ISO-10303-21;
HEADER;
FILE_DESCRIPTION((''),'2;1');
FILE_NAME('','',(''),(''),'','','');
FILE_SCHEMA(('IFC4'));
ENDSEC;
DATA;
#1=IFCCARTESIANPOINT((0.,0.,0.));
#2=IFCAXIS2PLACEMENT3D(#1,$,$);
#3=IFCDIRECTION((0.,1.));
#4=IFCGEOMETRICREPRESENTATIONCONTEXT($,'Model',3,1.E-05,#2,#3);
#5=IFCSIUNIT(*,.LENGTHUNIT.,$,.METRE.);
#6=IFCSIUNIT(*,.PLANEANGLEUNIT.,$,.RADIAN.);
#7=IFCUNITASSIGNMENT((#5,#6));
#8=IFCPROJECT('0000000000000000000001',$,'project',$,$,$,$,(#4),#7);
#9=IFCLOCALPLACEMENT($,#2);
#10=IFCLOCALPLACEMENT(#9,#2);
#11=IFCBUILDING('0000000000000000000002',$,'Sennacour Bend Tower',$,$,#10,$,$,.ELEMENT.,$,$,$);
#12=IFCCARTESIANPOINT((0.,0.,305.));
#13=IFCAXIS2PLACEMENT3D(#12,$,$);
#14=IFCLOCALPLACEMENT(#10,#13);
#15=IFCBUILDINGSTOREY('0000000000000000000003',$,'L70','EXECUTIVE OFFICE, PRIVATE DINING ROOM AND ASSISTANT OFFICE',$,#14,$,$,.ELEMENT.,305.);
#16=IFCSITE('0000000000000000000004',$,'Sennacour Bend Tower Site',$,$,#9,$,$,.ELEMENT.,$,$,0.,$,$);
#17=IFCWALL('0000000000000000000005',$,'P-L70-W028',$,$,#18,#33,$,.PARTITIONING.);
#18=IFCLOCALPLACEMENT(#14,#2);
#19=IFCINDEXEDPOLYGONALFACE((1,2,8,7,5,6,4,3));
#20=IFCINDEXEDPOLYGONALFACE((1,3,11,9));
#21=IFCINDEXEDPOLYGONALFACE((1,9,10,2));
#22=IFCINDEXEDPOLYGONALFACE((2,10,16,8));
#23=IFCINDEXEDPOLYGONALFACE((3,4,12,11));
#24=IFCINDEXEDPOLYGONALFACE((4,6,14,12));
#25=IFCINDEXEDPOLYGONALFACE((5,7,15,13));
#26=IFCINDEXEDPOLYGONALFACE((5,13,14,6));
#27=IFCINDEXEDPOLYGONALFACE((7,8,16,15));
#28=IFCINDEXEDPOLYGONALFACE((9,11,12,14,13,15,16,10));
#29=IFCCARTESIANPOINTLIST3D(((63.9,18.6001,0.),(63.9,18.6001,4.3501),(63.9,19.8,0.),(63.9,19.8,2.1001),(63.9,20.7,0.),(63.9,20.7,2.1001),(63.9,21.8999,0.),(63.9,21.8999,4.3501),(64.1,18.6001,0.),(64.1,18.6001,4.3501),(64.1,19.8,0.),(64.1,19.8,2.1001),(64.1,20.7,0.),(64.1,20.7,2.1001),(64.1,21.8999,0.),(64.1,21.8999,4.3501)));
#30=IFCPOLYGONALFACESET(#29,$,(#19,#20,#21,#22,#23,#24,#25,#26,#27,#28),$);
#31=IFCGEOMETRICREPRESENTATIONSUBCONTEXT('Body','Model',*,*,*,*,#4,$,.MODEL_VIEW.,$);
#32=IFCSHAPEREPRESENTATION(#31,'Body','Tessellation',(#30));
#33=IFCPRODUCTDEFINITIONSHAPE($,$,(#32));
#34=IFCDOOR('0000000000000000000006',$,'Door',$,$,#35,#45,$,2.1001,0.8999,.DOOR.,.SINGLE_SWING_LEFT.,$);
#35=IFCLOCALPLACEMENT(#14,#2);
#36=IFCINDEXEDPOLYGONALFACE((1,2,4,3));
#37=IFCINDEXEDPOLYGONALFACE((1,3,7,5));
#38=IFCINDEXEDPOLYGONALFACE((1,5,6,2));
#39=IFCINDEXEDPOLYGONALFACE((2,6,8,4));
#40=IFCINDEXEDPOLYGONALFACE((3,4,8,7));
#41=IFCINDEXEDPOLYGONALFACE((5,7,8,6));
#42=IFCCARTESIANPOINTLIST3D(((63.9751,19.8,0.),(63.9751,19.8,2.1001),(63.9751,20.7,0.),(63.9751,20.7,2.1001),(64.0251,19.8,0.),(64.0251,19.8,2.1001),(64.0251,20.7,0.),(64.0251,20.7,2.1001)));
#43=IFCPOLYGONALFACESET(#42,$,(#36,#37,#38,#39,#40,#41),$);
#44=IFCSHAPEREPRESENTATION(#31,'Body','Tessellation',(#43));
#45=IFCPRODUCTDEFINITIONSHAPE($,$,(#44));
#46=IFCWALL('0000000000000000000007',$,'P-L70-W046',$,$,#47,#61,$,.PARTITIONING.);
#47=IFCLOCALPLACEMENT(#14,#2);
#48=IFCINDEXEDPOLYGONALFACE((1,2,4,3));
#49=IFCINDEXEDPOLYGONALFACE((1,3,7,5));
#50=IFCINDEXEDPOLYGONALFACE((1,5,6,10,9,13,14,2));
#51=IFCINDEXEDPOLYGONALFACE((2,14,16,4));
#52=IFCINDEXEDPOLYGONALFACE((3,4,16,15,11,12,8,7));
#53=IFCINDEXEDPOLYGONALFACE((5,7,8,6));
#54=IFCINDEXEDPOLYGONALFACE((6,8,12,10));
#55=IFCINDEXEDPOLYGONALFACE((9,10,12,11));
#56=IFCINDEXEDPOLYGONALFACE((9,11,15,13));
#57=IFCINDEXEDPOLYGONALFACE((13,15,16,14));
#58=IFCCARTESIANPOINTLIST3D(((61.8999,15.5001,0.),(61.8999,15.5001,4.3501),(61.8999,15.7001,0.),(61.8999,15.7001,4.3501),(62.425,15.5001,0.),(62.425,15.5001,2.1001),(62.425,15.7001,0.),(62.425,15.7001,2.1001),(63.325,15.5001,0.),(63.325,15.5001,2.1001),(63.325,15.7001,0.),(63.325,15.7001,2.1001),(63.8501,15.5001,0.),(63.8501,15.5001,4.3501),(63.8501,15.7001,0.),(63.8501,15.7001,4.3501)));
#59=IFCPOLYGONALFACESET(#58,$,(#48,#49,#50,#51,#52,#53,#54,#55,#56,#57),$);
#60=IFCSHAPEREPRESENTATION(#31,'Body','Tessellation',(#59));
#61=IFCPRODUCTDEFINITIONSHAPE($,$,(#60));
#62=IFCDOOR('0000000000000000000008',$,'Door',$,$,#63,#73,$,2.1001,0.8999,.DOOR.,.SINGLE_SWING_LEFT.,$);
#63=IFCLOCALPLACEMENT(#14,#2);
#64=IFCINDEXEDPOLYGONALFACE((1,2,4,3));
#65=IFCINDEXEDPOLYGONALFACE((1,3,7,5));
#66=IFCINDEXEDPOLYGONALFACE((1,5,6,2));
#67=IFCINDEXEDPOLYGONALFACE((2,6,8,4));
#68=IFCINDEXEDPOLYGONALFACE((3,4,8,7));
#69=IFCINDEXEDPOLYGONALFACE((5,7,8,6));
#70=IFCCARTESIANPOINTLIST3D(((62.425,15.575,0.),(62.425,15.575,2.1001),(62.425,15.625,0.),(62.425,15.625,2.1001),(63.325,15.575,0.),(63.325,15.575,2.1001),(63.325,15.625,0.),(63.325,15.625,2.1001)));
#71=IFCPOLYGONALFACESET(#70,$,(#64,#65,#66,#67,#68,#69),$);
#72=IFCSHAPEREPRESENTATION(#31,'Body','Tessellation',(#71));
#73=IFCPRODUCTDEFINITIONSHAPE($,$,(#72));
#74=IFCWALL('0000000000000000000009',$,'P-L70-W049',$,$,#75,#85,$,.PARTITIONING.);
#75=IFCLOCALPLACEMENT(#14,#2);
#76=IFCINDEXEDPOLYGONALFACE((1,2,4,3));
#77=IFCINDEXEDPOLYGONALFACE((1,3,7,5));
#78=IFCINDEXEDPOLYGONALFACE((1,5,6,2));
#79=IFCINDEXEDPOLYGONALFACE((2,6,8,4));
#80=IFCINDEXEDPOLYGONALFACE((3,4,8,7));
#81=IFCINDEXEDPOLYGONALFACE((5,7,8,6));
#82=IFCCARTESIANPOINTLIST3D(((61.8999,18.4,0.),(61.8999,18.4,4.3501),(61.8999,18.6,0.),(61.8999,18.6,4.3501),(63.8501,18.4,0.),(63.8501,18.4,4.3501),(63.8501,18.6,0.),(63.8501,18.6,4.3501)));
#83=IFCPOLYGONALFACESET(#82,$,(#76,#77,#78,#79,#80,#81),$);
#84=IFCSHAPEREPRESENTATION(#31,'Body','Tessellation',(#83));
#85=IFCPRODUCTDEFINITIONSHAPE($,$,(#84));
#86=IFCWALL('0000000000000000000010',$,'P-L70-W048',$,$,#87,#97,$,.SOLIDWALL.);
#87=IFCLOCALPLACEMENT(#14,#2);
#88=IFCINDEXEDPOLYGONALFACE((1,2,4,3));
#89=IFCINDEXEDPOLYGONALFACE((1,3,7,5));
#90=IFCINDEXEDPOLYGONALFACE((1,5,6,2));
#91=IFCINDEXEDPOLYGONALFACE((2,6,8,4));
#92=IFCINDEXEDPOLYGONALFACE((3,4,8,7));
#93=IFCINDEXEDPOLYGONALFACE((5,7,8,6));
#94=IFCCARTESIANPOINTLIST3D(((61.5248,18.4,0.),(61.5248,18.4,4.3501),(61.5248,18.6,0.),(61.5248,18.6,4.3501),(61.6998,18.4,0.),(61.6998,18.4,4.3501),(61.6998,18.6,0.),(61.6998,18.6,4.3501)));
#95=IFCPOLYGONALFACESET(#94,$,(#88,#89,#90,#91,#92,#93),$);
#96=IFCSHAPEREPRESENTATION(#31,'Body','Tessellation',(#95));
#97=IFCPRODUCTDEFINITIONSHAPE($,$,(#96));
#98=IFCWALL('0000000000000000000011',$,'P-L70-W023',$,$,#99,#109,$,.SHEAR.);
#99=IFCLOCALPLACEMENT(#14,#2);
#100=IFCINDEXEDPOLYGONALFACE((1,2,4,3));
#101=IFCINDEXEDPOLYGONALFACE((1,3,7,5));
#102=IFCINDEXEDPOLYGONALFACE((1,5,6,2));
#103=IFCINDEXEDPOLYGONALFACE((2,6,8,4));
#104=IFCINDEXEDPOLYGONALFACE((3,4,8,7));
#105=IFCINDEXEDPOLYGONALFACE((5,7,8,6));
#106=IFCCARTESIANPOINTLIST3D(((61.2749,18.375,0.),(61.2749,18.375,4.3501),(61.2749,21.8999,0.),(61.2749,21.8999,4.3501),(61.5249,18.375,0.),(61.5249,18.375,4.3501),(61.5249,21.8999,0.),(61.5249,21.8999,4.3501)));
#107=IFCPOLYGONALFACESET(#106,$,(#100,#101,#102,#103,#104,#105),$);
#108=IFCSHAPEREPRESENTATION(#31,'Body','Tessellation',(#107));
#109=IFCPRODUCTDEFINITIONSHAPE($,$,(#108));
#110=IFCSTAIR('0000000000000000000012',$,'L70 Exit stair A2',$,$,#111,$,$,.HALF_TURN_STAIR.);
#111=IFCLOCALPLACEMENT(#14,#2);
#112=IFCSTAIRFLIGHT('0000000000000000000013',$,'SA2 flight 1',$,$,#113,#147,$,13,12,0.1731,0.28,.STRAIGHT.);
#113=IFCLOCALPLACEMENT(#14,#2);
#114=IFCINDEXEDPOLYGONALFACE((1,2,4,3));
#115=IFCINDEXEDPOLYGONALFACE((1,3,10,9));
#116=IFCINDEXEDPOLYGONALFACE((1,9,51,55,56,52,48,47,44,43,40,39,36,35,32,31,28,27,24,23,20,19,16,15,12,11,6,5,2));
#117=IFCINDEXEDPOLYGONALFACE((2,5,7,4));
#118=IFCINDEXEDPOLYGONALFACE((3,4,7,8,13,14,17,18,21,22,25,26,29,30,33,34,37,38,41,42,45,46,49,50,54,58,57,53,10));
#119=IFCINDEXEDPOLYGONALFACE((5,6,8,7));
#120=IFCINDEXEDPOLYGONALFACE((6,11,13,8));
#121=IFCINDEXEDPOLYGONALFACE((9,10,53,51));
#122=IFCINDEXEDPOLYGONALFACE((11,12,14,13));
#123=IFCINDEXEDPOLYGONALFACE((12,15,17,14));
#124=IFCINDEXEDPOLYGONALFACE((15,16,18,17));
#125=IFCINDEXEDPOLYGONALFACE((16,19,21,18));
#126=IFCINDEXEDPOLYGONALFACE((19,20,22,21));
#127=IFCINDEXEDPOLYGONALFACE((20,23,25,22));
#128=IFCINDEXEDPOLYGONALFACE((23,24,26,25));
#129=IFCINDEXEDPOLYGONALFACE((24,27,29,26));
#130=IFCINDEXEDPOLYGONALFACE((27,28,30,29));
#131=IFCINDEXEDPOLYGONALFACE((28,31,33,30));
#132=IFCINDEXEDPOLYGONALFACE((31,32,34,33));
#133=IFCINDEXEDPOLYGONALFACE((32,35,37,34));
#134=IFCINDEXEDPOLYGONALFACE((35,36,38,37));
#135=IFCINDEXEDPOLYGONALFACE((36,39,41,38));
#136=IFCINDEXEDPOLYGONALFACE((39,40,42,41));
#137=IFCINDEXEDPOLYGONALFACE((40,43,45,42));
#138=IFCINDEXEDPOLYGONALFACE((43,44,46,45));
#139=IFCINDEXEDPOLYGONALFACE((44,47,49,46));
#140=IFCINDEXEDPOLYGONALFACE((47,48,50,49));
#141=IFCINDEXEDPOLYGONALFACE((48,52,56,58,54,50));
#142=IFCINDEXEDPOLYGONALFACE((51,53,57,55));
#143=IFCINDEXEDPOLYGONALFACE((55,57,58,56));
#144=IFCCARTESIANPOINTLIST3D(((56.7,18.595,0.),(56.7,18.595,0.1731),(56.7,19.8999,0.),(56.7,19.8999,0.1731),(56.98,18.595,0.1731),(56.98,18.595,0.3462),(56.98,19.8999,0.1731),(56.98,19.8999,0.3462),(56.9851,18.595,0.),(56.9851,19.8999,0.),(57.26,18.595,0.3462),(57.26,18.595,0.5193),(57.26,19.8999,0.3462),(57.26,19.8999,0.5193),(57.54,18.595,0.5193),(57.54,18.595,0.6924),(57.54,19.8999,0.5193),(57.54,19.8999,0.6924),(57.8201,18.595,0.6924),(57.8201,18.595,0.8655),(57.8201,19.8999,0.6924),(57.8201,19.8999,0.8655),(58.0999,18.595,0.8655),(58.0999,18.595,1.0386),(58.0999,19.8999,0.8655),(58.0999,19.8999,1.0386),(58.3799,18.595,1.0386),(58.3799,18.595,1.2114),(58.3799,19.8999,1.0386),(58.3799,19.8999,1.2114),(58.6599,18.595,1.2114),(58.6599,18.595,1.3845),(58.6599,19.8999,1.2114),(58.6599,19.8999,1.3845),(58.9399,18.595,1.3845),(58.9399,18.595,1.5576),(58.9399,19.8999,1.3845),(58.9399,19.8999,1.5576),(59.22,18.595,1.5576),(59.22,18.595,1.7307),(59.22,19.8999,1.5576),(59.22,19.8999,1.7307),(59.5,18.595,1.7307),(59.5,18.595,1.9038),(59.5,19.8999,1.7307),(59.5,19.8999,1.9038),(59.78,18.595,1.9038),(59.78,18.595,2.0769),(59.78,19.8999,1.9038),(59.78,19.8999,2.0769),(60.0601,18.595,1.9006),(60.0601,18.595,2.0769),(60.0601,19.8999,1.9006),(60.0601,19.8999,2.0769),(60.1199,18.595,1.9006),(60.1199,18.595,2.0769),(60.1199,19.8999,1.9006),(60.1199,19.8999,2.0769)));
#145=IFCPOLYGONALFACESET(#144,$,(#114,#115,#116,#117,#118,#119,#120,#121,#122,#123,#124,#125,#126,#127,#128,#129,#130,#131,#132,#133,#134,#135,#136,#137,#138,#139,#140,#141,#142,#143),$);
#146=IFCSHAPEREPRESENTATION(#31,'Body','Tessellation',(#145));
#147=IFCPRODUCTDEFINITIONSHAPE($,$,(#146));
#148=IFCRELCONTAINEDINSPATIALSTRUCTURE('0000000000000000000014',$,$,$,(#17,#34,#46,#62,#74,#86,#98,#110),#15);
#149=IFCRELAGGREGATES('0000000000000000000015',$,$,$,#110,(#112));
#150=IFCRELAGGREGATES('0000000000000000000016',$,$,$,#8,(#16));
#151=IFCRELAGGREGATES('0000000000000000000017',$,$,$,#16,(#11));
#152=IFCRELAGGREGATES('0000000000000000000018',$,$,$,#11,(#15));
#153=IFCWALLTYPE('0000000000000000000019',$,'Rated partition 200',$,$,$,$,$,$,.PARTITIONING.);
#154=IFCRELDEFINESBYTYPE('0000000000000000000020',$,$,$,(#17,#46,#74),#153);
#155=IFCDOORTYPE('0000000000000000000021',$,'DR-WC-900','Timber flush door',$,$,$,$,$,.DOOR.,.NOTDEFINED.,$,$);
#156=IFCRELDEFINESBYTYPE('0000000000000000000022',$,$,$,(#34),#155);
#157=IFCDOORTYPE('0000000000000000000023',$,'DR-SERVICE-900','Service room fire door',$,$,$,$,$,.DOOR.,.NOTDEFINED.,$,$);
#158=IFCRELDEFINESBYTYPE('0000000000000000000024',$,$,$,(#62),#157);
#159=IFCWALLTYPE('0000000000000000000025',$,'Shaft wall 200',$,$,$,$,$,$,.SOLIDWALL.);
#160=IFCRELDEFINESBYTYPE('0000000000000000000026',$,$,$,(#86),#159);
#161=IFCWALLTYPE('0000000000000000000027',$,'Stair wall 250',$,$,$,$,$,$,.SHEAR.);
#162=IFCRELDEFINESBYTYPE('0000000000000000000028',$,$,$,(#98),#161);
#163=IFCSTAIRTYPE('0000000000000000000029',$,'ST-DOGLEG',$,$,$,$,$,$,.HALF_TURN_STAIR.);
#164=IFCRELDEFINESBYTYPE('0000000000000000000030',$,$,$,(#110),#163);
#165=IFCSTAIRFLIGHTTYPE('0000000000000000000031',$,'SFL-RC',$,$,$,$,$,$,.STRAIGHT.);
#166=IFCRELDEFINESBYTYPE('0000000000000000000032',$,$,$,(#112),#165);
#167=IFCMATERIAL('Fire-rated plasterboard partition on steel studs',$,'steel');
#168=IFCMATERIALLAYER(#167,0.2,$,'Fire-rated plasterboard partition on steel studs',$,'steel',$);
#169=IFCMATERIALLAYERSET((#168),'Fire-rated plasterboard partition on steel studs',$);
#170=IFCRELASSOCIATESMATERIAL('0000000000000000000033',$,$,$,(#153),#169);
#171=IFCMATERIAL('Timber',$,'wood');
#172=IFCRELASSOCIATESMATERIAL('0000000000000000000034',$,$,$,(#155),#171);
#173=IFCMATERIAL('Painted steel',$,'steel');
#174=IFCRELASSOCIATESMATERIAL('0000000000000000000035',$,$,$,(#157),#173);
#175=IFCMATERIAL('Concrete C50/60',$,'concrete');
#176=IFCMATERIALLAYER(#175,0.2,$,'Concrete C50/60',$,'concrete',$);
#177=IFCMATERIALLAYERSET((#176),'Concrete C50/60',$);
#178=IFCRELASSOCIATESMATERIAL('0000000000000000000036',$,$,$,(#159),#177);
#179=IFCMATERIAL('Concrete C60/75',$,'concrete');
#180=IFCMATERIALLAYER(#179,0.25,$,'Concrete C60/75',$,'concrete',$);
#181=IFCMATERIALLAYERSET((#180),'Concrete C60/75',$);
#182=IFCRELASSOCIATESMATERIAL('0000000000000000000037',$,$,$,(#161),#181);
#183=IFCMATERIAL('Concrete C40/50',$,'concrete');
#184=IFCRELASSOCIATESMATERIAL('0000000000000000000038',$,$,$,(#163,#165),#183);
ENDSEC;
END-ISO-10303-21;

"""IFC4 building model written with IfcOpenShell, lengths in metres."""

from ifc_helpers import new_model, si_unit, direction, frame, frame_2d, origin, place, context, subcontext, project, spatial, polyline, rectangle, outline, extrude, material, layer, layer_set, type_object, element, fill, aggregate, save


model = new_model("IFC4")

# Units and contexts
model_context = context("Model", 3, precision=1e-05, world=origin(), true_north=direction((0.0, 1.0)))
body_context = subcontext(model_context, "Body", "Model", "MODEL_VIEW")
ifc_project = project(units=[si_unit("LENGTHUNIT", "METRE"), si_unit("PLANEANGLEUNIT", "RADIAN")], contexts=[model_context])

# Site, building, storey
site_placement = place(None, origin())
site = spatial("IfcSite", under=ifc_project, at=site_placement, Name="Sennacour Bend Tower Site", CompositionType="ELEMENT", RefElevation=0.0)
building_placement = place(site_placement, origin())
building = spatial("IfcBuilding", under=site, at=building_placement, Name="Sennacour Bend Tower", CompositionType="ELEMENT")
storey_placement = place(building_placement, frame((0.0, 0.0, 305.0)))
storey = spatial("IfcBuildingStorey", under=building, at=storey_placement, Name="L70", Description="EXECUTIVE OFFICE, PRIVATE DINING ROOM AND ASSISTANT OFFICE", CompositionType="ELEMENT", Elevation=305.0)

# Walls, openings, doors
ifc_material_1 = material(Name="Fire-rated plasterboard partition on steel studs", Category="steel")
ifc_layer_1 = layer(ifc_material_1, 0.2, Name="Fire-rated plasterboard partition on steel studs", Category="steel")
ifc_layer_set_1 = layer_set([ifc_layer_1], Name="Fire-rated plasterboard partition on steel studs")
wall_type_1 = type_object("IfcWallType", Name="Rated partition 200", PredefinedType="PARTITIONING", material=ifc_layer_set_1)
wall_1_placement = place(storey_placement, frame((64.0, 18.6001, 0.0), z_axis=(0.0, 0.0, 1.0), x_axis=(0.0, 1.0, 0.0)))
wall_1 = element("IfcWall", 1, at=wall_1_placement, inside=storey, type_object=wall_type_1, Name="P-L70-W028", PredefinedType="PARTITIONING", context=body_context, shape_type="SweptSolid", body=[
    extrude(rectangle(XDim=3.2998, YDim=0.2, at=frame_2d((1.6499, 0.0))), origin(), (0.0, 0.0, 1.0), 4.3501),
])
opening_1_placement = place(wall_1_placement, frame((1.2, 0.0, 0.0)))
opening_1 = element("IfcOpeningElement", 2, at=opening_1_placement, cuts=wall_1, PredefinedType="OPENING", context=body_context, shape_type="SweptSolid", body=[
    extrude(rectangle(XDim=0.8999, YDim=2.1001, at=frame_2d((0.45, 1.05))), frame((0.0, 0.1099, 0.0), z_axis=(0.0, -1.0, 0.0), x_axis=(1.0, 0.0, 0.0)), (0.0, 0.0, 1.0), 0.22),
])
ifc_material_2 = material(Name="Timber", Category="wood")
door_type_1 = type_object("IfcDoorType", Name="DR-WC-900", Description="Timber flush door", OperationType="NOTDEFINED", PredefinedType="DOOR", material=ifc_material_2)
door_1_placement = place(opening_1_placement, origin())
door_1 = element("IfcDoor", 3, at=door_1_placement, inside=storey, type_object=door_type_1, Name="Door", OperationType="SINGLE_SWING_LEFT", OverallHeight=2.1001, OverallWidth=0.8999, PredefinedType="DOOR", context=body_context, shape_type="SweptSolid", body=[
    extrude(rectangle(XDim=0.8999, YDim=2.1001, at=frame_2d((0.45, 1.05))), frame((0.0, 0.0249, 0.0), z_axis=(0.0, -1.0, 0.0), x_axis=(1.0, 0.0, 0.0)), (0.0, 0.0, 1.0), 0.05),
])
fill(opening_1, door_1)
wall_2_placement = place(storey_placement, frame((61.8999, 15.6001, 0.0), z_axis=(0.0, 0.0, 1.0), x_axis=(1.0, 0.0, 0.0)))
wall_2 = element("IfcWall", 4, at=wall_2_placement, inside=storey, type_object=wall_type_1, Name="P-L70-W046", PredefinedType="PARTITIONING", context=body_context, shape_type="SweptSolid", body=[
    extrude(rectangle(XDim=1.9502, YDim=0.2, at=frame_2d((0.9751, 0.0))), origin(), (0.0, 0.0, 1.0), 4.3501),
])
opening_2_placement = place(wall_2_placement, frame((0.5251, 0.0, 0.0)))
opening_2 = element("IfcOpeningElement", 5, at=opening_2_placement, cuts=wall_2, PredefinedType="OPENING", context=body_context, shape_type="SweptSolid", body=[
    extrude(rectangle(XDim=0.8999, YDim=2.1001, at=frame_2d((0.45, 1.05))), frame((0.0, 0.1099, 0.0), z_axis=(0.0, -1.0, 0.0), x_axis=(1.0, 0.0, 0.0)), (0.0, 0.0, 1.0), 0.22),
])
ifc_material_3 = material(Name="Painted steel", Category="steel")
door_type_2 = type_object("IfcDoorType", Name="DR-SERVICE-900", Description="Service room fire door", OperationType="NOTDEFINED", PredefinedType="DOOR", material=ifc_material_3)
door_2_placement = place(opening_2_placement, origin())
door_2 = element("IfcDoor", 6, at=door_2_placement, inside=storey, type_object=door_type_2, Name="Door", OperationType="SINGLE_SWING_LEFT", OverallHeight=2.1001, OverallWidth=0.8999, PredefinedType="DOOR", context=body_context, shape_type="SweptSolid", body=[
    extrude(rectangle(XDim=0.8999, YDim=2.1001, at=frame_2d((0.45, 1.05))), frame((0.0, 0.0249, 0.0), z_axis=(0.0, -1.0, 0.0), x_axis=(1.0, 0.0, 0.0)), (0.0, 0.0, 1.0), 0.05),
])
fill(opening_2, door_2)

# Walls
wall_3_placement = place(storey_placement, frame((61.8999, 18.5, 0.0), z_axis=(0.0, 0.0, 1.0), x_axis=(1.0, 0.0, 0.0)))
element("IfcWall", 7, at=wall_3_placement, inside=storey, type_object=wall_type_1, Name="P-L70-W049", PredefinedType="PARTITIONING", context=body_context, shape_type="SweptSolid", body=[
    extrude(rectangle(XDim=1.9502, YDim=0.2, at=frame_2d((0.9751, 0.0))), origin(), (0.0, 0.0, 1.0), 4.3501),
])
ifc_material_4 = material(Name="Concrete C50/60", Category="concrete")
ifc_layer_2 = layer(ifc_material_4, 0.2, Name="Concrete C50/60", Category="concrete")
ifc_layer_set_2 = layer_set([ifc_layer_2], Name="Concrete C50/60")
wall_type_2 = type_object("IfcWallType", Name="Shaft wall 200", PredefinedType="SOLIDWALL", material=ifc_layer_set_2)
wall_4_placement = place(storey_placement, frame((61.5249, 18.5, 0.0), z_axis=(0.0, 0.0, 1.0), x_axis=(1.0, 0.0, 0.0)))
element("IfcWall", 8, at=wall_4_placement, inside=storey, type_object=wall_type_2, Name="P-L70-W048", PredefinedType="SOLIDWALL", context=body_context, shape_type="SweptSolid", body=[
    extrude(rectangle(XDim=0.175, YDim=0.2, at=frame_2d((0.0874, 0.0))), origin(), (0.0, 0.0, 1.0), 4.3501),
])
ifc_material_5 = material(Name="Concrete C60/75", Category="concrete")
ifc_layer_3 = layer(ifc_material_5, 0.25, Name="Concrete C60/75", Category="concrete")
ifc_layer_set_3 = layer_set([ifc_layer_3], Name="Concrete C60/75")
wall_type_3 = type_object("IfcWallType", Name="Stair wall 250", PredefinedType="SHEAR", material=ifc_layer_set_3)
wall_5_placement = place(storey_placement, frame((61.3999, 18.375, 0.0), z_axis=(0.0, 0.0, 1.0), x_axis=(0.0, 1.0, 0.0)))
element("IfcWall", 9, at=wall_5_placement, inside=storey, type_object=wall_type_3, Name="P-L70-W023", PredefinedType="SHEAR", context=body_context, shape_type="SweptSolid", body=[
    extrude(rectangle(XDim=3.5249, YDim=0.25, at=frame_2d((1.7625, 0.0))), origin(), (0.0, 0.0, 1.0), 4.3501),
])

# Stair, stair flight
ifc_material_6 = material(Name="Concrete C40/50", Category="concrete")
stair_type = type_object("IfcStairType", Name="ST-DOGLEG", PredefinedType="HALF_TURN_STAIR", material=ifc_material_6)
stair_placement = place(storey_placement, origin())
stair = element("IfcStair", 10, at=stair_placement, inside=storey, type_object=stair_type, Name="L70 Exit stair A2", PredefinedType="HALF_TURN_STAIR")
stair_flight_type = type_object("IfcStairFlightType", Name="SFL-RC", PredefinedType="STRAIGHT", material=ifc_material_6)
stair_flight_1_placement = place(storey_placement, frame((56.7, 19.2476, 0.0), z_axis=(0.0, 0.0, 1.0), x_axis=(1.0, 0.0, 0.0)))
stair_flight_1 = element("IfcStairFlight", 11, at=stair_flight_1_placement, type_object=stair_flight_type, Name="SA2 flight 1", NumberOfRisers=13, NumberOfTreads=12, PredefinedType="STRAIGHT", RiserHeight=0.1731, TreadLength=0.28, context=body_context, shape_type="SweptSolid", body=[
    extrude(outline(polyline([(0.0, 0.0), (0.0, 0.1731), (0.28, 0.1731), (0.28, 0.3462), (0.5601, 0.3462), (0.5601, 0.5193), (0.8401, 0.5193), (0.8401, 0.6924), (1.1201, 0.6924), (1.1201, 0.8655), (1.3999, 0.8655), (1.3999, 1.0386), (1.6799, 1.0386), (1.6799, 1.2114), (1.96, 1.2114), (1.96, 1.3845), (2.24, 1.3845), (2.24, 1.5576), (2.52, 1.5576), (2.52, 1.7307), (2.8, 1.7307), (2.8, 1.9038), (3.0801, 1.9038), (3.0801, 2.0769), (3.3601, 2.0769), (3.4199, 2.0769), (3.4199, 1.9006), (3.3601, 1.9006), (0.2852, 0.0), (0.0, 0.0)])), frame((0.0, 0.6523, 0.0), z_axis=(0.0, -1.0, 0.0), x_axis=(1.0, 0.0, 0.0)), (0.0, 0.0, 1.0), 1.3049),
])
aggregate(stair, [stair_flight_1])

save(model, "model.ifc")
